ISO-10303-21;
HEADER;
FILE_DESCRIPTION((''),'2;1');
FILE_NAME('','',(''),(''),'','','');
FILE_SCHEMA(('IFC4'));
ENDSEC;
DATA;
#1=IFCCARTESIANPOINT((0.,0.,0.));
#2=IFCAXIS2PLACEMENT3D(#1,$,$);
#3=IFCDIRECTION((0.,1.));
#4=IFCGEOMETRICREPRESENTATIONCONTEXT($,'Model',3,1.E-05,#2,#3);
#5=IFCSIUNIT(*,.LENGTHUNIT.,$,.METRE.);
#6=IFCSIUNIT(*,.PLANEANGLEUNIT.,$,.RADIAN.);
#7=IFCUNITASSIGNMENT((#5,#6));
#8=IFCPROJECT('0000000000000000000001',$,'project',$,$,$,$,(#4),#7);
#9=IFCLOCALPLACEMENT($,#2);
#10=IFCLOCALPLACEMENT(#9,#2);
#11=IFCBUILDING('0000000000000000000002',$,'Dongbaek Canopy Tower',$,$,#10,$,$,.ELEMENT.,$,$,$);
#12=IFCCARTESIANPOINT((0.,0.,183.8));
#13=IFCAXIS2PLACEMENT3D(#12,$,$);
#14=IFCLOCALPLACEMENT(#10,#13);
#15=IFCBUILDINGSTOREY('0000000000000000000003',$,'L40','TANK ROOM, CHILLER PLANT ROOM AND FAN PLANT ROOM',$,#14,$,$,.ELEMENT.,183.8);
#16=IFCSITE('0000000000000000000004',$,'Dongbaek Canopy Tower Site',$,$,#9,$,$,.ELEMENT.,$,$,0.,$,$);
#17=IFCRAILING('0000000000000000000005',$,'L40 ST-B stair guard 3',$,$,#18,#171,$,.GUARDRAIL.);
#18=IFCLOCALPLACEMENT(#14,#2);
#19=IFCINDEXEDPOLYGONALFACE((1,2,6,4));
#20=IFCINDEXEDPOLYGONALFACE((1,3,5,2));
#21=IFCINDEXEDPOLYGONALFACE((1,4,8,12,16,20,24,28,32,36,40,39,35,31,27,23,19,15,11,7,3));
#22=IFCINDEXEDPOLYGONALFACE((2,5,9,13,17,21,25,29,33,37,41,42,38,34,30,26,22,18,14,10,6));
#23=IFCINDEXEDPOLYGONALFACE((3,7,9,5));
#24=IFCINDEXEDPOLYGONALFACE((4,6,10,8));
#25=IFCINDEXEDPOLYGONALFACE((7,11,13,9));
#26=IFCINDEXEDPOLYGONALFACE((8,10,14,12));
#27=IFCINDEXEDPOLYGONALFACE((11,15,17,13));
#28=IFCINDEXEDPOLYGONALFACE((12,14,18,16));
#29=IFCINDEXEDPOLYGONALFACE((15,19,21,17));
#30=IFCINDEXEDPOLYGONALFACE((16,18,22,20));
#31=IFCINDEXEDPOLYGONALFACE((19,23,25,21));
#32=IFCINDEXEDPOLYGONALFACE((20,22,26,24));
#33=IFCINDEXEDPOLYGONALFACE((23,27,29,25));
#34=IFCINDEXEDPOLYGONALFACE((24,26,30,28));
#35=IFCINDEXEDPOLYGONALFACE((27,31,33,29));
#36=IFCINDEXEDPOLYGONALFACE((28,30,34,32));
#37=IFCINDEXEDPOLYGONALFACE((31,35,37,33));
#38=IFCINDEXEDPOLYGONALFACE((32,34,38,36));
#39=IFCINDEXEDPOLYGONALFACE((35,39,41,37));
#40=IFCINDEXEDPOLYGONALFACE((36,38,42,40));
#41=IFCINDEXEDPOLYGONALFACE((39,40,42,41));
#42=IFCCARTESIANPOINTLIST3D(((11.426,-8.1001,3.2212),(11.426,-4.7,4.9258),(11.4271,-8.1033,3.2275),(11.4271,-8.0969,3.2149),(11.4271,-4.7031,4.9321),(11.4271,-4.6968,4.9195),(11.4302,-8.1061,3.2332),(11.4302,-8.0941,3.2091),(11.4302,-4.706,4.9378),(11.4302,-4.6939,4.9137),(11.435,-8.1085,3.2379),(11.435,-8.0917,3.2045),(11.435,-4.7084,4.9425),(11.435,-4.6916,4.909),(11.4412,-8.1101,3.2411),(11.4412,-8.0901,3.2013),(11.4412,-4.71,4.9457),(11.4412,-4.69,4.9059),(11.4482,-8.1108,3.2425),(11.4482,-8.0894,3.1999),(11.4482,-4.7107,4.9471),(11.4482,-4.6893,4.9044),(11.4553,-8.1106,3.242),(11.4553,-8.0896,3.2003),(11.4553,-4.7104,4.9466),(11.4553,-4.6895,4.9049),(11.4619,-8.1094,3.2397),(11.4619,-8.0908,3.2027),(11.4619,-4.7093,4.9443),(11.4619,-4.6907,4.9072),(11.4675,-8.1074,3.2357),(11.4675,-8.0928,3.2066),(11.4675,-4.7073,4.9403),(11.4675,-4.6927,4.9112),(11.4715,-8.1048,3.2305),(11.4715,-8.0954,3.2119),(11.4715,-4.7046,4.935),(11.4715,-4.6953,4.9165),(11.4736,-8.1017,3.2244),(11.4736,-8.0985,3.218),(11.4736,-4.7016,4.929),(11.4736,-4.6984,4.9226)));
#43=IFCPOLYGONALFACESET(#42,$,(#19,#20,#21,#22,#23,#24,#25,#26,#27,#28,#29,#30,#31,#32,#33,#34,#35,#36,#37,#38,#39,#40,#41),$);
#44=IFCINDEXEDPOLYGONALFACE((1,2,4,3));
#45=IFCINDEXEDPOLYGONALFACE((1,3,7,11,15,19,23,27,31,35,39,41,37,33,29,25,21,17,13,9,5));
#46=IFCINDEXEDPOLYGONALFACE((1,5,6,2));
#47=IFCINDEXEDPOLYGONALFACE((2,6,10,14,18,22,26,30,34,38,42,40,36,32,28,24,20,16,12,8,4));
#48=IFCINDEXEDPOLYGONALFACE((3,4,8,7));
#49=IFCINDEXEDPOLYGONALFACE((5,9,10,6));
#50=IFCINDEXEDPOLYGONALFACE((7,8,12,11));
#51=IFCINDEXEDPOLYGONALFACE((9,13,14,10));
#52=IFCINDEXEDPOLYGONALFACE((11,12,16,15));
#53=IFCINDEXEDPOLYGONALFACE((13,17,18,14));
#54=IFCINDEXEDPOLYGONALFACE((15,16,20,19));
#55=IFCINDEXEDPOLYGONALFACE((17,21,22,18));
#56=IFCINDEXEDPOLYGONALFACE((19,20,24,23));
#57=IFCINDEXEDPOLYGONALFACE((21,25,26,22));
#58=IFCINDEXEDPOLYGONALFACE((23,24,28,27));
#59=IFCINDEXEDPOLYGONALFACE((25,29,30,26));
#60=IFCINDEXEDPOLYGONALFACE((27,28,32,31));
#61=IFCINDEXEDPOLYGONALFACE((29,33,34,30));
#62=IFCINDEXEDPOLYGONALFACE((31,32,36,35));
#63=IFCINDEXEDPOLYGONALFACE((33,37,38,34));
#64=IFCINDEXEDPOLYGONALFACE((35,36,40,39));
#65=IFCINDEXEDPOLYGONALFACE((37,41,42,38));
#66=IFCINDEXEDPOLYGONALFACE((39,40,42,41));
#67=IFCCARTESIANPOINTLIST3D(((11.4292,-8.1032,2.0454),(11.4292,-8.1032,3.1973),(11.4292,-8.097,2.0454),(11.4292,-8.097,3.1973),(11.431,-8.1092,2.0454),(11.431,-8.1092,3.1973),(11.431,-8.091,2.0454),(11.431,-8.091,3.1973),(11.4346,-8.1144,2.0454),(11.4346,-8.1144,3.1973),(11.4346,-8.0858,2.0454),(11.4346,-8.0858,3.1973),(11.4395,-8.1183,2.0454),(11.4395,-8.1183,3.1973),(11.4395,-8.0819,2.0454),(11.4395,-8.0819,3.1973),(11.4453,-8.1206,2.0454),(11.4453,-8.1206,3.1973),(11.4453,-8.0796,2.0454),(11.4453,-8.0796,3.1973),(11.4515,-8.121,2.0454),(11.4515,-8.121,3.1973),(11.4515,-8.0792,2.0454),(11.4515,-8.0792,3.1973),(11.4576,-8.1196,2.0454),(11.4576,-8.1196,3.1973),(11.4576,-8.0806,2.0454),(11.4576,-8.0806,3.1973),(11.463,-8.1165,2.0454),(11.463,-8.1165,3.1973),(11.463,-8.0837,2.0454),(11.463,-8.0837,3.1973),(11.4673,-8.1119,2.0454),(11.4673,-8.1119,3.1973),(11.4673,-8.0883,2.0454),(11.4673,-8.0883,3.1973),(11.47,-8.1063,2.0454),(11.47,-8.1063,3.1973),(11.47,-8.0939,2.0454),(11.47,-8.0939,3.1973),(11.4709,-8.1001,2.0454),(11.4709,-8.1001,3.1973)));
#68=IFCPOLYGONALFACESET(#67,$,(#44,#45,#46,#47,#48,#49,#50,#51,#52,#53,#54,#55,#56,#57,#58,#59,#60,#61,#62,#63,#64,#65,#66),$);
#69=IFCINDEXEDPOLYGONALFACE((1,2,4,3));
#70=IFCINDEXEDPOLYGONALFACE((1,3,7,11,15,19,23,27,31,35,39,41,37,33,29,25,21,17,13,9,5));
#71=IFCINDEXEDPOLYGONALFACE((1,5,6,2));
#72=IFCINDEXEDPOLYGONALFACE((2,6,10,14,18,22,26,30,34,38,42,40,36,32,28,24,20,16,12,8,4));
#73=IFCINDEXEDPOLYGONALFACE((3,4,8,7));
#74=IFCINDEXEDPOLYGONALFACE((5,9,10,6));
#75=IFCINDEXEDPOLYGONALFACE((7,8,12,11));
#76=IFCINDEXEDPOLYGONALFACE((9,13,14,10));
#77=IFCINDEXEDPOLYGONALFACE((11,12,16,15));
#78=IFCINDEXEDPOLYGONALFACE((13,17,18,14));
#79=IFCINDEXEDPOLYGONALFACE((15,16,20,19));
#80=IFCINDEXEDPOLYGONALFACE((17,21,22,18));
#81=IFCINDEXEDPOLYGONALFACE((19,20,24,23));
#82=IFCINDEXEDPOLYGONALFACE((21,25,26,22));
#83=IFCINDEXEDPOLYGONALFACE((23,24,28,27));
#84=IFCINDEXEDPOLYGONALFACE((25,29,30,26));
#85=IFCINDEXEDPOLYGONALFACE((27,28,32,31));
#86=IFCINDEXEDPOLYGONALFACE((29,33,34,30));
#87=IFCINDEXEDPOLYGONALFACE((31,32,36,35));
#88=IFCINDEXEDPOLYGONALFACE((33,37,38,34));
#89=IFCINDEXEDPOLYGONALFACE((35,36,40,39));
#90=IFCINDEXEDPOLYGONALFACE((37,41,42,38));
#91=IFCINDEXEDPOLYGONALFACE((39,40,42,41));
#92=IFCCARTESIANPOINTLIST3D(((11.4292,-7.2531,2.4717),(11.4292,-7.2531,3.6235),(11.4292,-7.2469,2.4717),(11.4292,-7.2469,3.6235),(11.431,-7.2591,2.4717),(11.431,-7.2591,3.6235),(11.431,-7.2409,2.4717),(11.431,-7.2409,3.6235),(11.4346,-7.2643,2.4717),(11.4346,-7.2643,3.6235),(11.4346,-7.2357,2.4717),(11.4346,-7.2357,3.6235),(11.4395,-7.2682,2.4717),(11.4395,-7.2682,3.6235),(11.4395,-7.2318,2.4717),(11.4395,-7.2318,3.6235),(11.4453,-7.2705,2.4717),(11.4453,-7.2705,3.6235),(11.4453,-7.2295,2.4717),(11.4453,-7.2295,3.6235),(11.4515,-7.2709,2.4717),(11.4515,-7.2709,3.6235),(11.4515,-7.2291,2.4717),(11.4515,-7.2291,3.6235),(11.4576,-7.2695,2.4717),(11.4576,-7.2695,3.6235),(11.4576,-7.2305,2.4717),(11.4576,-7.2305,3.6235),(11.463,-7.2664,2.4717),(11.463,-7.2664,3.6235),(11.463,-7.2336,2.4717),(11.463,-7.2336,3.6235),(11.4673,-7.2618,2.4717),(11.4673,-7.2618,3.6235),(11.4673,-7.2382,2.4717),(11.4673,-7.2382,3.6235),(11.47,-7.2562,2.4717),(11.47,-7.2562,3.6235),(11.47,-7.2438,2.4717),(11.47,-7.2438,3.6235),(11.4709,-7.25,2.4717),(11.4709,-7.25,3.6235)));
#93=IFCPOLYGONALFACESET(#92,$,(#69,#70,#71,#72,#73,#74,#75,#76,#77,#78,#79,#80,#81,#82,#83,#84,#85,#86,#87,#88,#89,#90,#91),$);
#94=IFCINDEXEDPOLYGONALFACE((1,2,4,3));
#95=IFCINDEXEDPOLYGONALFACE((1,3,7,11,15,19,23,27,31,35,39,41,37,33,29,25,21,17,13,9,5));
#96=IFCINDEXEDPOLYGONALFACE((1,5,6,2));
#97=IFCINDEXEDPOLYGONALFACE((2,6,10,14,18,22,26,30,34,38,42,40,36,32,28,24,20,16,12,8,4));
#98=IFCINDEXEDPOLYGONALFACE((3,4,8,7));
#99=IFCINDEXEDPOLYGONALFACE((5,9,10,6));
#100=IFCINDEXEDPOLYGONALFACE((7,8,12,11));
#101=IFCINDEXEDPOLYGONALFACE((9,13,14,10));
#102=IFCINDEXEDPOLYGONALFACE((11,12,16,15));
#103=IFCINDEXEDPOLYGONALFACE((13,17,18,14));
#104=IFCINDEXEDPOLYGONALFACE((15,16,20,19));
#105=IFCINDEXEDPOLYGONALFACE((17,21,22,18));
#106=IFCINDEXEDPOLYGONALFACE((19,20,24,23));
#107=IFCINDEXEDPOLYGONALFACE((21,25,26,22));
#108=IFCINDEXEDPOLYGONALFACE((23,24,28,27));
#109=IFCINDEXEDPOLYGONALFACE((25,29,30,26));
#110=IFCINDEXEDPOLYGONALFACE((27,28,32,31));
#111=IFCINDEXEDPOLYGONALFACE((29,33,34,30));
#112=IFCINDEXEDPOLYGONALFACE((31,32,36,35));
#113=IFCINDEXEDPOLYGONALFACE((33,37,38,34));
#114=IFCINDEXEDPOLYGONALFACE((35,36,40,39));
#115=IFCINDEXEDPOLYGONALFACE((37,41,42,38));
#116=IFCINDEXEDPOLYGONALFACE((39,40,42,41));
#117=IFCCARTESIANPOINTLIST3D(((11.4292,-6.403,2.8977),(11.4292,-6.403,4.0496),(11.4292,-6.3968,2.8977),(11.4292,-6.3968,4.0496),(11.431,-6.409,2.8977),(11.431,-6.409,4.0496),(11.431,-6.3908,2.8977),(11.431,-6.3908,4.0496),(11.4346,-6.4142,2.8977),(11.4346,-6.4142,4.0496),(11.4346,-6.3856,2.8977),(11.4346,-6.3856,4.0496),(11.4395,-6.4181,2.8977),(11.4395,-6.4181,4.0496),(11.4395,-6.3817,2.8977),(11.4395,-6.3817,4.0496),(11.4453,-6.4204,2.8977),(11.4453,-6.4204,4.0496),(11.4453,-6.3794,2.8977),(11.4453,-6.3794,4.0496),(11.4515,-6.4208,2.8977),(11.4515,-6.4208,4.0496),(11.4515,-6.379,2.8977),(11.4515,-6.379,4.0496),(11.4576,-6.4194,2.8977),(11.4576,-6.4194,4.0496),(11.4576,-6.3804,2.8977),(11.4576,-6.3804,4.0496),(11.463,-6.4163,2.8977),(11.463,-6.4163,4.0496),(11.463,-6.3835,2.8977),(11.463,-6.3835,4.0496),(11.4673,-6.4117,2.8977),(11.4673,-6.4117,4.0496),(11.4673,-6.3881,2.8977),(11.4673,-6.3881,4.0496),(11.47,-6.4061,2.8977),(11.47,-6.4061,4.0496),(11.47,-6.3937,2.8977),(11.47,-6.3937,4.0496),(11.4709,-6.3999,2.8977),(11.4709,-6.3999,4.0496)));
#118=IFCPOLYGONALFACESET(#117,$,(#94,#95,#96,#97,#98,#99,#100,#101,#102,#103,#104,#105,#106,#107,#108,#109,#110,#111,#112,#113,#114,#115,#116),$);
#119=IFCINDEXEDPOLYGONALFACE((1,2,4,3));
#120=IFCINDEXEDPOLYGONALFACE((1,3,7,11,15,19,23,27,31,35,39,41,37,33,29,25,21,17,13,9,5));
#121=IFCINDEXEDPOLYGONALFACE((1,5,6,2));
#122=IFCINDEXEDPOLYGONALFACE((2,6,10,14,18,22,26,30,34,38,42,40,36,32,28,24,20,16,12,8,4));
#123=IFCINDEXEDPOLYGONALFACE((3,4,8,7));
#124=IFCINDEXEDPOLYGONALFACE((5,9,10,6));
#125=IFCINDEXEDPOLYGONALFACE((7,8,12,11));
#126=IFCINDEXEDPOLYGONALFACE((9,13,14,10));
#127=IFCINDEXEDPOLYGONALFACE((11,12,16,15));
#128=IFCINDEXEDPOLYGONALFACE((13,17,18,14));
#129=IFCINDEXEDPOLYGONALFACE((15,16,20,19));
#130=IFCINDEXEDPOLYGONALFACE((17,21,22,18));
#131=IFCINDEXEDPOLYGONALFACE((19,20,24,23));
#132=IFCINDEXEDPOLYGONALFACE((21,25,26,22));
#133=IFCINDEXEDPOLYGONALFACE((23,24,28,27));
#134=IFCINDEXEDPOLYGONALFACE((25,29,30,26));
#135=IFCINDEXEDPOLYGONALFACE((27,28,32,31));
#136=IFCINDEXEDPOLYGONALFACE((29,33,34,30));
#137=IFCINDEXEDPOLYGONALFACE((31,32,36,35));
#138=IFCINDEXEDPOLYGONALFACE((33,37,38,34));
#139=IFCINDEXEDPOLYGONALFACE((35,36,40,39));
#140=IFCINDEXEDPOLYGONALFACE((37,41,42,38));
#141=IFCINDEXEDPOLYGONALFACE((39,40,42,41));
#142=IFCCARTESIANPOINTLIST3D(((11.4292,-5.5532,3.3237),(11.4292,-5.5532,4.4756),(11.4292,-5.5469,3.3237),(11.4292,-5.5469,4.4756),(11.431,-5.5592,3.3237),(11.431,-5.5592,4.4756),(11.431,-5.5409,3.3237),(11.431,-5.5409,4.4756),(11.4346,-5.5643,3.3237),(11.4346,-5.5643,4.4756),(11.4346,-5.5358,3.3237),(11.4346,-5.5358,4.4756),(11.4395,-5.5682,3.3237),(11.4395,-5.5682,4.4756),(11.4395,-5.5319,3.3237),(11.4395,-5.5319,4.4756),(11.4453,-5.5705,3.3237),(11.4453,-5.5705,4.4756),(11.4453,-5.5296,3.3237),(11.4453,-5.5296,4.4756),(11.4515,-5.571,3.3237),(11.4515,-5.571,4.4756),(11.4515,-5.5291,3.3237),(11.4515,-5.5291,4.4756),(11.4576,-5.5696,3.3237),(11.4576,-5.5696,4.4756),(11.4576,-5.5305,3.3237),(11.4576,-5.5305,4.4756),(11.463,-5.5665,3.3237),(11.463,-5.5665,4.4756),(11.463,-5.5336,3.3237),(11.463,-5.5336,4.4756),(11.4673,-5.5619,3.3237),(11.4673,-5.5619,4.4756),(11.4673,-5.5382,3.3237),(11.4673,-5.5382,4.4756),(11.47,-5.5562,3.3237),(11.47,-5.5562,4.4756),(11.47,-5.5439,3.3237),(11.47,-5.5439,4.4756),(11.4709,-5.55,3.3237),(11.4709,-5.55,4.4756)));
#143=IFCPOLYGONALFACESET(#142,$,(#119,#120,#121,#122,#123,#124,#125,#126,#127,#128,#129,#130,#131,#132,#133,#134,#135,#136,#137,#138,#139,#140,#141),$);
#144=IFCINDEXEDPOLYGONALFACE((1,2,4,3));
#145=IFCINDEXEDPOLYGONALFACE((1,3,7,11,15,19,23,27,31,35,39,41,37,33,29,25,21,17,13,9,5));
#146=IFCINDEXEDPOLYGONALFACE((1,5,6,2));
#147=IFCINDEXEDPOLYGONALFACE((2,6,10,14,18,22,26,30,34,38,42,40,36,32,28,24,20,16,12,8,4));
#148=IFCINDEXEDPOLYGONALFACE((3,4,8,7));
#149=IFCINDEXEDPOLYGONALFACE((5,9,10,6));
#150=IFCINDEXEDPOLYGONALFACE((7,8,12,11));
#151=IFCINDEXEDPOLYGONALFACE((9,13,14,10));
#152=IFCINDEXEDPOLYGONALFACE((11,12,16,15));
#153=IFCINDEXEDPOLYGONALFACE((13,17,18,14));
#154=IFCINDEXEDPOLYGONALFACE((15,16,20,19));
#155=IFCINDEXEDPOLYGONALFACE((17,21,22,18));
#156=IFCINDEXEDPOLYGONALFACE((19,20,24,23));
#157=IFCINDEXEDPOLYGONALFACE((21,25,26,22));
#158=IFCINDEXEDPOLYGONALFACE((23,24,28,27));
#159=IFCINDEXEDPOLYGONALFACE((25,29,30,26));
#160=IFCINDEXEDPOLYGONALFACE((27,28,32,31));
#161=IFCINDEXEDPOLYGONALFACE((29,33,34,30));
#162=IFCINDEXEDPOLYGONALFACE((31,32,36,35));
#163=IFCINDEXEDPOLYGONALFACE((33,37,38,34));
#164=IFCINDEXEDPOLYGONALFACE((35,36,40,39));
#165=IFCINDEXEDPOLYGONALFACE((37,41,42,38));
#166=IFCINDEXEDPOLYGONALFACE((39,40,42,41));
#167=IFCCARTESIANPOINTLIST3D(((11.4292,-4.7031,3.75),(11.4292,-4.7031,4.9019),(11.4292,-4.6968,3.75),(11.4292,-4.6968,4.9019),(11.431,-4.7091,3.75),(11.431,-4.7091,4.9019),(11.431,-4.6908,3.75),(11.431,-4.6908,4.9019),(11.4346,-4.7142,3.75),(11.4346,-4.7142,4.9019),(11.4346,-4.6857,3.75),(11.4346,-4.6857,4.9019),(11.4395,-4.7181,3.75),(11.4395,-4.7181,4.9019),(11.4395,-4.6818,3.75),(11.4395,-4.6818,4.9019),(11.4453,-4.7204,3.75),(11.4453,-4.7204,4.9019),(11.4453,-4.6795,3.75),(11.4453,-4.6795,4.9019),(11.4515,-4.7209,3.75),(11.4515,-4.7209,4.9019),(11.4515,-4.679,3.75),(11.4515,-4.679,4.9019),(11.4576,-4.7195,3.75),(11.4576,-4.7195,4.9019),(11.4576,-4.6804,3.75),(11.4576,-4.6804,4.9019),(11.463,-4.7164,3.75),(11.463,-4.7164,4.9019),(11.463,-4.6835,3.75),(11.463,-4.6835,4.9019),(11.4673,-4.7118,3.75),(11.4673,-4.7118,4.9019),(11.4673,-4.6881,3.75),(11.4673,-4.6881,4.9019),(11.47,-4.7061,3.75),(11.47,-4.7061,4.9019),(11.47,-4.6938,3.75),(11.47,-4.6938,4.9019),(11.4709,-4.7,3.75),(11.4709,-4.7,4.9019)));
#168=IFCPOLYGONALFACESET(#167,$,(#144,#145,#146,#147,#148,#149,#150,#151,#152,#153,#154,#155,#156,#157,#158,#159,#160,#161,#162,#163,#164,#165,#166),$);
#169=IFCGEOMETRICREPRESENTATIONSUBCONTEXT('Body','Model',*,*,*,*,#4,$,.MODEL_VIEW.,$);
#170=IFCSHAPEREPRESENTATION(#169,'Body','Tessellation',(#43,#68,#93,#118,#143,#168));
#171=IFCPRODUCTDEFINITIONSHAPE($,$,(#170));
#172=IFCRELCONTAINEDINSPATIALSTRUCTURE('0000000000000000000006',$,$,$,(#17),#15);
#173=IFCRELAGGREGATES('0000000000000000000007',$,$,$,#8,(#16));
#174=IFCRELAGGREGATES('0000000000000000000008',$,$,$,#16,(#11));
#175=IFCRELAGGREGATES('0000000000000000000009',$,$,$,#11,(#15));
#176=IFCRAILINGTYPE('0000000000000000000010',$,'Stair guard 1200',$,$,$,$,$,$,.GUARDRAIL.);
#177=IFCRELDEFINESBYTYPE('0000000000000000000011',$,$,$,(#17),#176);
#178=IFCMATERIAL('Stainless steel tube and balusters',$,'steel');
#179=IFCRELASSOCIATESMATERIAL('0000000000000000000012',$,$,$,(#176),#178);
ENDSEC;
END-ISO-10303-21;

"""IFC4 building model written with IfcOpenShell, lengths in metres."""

from ifc_helpers import new_model, si_unit, direction, frame, origin, origin_2d, place, context, subcontext, project, spatial, circle, extrude, material, type_object, element, save


model = new_model("IFC4")

# Units and contexts
model_context = context("Model", 3, precision=1e-05, world=origin(), true_north=direction((0.0, 1.0)))
body_context = subcontext(model_context, "Body", "Model", "MODEL_VIEW")
ifc_project = project(units=[si_unit("LENGTHUNIT", "METRE"), si_unit("PLANEANGLEUNIT", "RADIAN")], contexts=[model_context])

# Site, building, storey
site_placement = place(None, origin())
site = spatial("IfcSite", under=ifc_project, at=site_placement, Name="Dongbaek Canopy Tower Site", CompositionType="ELEMENT", RefElevation=0.0)
building_placement = place(site_placement, origin())
building = spatial("IfcBuilding", under=site, at=building_placement, Name="Dongbaek Canopy Tower", CompositionType="ELEMENT")
storey_placement = place(building_placement, frame((0.0, 0.0, 183.8)))
storey = spatial("IfcBuildingStorey", under=building, at=storey_placement, Name="L40", Description="TANK ROOM, CHILLER PLANT ROOM AND FAN PLANT ROOM", CompositionType="ELEMENT", Elevation=183.8)

# Railing
ifc_material_1 = material(Name="Stainless steel tube and balusters", Category="steel")
railing_type_1 = type_object("IfcRailingType", Name="Stair guard 1200", PredefinedType="GUARDRAIL", material=ifc_material_1)
for number, where, name in (
    (1, (11.45, -8.1001, 2.0454), "L40 ST-B stair guard 3"),
):
    element("IfcRailing", number, at=place(storey_placement, frame(where)), inside=storey, type_object=railing_type_1, Name=name, PredefinedType="GUARDRAIL", context=body_context, shape_type="SweptSolid", body=[
        extrude(circle(Radius=0.0239, at=origin_2d()), frame((0.0, 0.0, 1.1758), z_axis=(0.0, 0.893952, 0.448163), x_axis=(-1.0, 0.0, 0.0)), (0.0, 0.0, 1.0), 3.8035),
        extrude(circle(Radius=0.021, at=origin_2d()), origin(), (0.0, 0.0, 1.0), 1.1519),
        extrude(circle(Radius=0.021, at=origin_2d()), frame((0.0, 0.8501, 0.4263)), (0.0, 0.0, 1.0), 1.1519),
        extrude(circle(Radius=0.021, at=origin_2d()), frame((0.0, 1.7002, 0.8523)), (0.0, 0.0, 1.0), 1.1519),
        extrude(circle(Radius=0.021, at=origin_2d()), frame((0.0, 2.55, 1.2783)), (0.0, 0.0, 1.0), 1.1519),
        extrude(circle(Radius=0.021, at=origin_2d()), frame((0.0, 3.4001, 1.7046)), (0.0, 0.0, 1.0), 1.1519),
    ])

save(model, "model.ifc")
